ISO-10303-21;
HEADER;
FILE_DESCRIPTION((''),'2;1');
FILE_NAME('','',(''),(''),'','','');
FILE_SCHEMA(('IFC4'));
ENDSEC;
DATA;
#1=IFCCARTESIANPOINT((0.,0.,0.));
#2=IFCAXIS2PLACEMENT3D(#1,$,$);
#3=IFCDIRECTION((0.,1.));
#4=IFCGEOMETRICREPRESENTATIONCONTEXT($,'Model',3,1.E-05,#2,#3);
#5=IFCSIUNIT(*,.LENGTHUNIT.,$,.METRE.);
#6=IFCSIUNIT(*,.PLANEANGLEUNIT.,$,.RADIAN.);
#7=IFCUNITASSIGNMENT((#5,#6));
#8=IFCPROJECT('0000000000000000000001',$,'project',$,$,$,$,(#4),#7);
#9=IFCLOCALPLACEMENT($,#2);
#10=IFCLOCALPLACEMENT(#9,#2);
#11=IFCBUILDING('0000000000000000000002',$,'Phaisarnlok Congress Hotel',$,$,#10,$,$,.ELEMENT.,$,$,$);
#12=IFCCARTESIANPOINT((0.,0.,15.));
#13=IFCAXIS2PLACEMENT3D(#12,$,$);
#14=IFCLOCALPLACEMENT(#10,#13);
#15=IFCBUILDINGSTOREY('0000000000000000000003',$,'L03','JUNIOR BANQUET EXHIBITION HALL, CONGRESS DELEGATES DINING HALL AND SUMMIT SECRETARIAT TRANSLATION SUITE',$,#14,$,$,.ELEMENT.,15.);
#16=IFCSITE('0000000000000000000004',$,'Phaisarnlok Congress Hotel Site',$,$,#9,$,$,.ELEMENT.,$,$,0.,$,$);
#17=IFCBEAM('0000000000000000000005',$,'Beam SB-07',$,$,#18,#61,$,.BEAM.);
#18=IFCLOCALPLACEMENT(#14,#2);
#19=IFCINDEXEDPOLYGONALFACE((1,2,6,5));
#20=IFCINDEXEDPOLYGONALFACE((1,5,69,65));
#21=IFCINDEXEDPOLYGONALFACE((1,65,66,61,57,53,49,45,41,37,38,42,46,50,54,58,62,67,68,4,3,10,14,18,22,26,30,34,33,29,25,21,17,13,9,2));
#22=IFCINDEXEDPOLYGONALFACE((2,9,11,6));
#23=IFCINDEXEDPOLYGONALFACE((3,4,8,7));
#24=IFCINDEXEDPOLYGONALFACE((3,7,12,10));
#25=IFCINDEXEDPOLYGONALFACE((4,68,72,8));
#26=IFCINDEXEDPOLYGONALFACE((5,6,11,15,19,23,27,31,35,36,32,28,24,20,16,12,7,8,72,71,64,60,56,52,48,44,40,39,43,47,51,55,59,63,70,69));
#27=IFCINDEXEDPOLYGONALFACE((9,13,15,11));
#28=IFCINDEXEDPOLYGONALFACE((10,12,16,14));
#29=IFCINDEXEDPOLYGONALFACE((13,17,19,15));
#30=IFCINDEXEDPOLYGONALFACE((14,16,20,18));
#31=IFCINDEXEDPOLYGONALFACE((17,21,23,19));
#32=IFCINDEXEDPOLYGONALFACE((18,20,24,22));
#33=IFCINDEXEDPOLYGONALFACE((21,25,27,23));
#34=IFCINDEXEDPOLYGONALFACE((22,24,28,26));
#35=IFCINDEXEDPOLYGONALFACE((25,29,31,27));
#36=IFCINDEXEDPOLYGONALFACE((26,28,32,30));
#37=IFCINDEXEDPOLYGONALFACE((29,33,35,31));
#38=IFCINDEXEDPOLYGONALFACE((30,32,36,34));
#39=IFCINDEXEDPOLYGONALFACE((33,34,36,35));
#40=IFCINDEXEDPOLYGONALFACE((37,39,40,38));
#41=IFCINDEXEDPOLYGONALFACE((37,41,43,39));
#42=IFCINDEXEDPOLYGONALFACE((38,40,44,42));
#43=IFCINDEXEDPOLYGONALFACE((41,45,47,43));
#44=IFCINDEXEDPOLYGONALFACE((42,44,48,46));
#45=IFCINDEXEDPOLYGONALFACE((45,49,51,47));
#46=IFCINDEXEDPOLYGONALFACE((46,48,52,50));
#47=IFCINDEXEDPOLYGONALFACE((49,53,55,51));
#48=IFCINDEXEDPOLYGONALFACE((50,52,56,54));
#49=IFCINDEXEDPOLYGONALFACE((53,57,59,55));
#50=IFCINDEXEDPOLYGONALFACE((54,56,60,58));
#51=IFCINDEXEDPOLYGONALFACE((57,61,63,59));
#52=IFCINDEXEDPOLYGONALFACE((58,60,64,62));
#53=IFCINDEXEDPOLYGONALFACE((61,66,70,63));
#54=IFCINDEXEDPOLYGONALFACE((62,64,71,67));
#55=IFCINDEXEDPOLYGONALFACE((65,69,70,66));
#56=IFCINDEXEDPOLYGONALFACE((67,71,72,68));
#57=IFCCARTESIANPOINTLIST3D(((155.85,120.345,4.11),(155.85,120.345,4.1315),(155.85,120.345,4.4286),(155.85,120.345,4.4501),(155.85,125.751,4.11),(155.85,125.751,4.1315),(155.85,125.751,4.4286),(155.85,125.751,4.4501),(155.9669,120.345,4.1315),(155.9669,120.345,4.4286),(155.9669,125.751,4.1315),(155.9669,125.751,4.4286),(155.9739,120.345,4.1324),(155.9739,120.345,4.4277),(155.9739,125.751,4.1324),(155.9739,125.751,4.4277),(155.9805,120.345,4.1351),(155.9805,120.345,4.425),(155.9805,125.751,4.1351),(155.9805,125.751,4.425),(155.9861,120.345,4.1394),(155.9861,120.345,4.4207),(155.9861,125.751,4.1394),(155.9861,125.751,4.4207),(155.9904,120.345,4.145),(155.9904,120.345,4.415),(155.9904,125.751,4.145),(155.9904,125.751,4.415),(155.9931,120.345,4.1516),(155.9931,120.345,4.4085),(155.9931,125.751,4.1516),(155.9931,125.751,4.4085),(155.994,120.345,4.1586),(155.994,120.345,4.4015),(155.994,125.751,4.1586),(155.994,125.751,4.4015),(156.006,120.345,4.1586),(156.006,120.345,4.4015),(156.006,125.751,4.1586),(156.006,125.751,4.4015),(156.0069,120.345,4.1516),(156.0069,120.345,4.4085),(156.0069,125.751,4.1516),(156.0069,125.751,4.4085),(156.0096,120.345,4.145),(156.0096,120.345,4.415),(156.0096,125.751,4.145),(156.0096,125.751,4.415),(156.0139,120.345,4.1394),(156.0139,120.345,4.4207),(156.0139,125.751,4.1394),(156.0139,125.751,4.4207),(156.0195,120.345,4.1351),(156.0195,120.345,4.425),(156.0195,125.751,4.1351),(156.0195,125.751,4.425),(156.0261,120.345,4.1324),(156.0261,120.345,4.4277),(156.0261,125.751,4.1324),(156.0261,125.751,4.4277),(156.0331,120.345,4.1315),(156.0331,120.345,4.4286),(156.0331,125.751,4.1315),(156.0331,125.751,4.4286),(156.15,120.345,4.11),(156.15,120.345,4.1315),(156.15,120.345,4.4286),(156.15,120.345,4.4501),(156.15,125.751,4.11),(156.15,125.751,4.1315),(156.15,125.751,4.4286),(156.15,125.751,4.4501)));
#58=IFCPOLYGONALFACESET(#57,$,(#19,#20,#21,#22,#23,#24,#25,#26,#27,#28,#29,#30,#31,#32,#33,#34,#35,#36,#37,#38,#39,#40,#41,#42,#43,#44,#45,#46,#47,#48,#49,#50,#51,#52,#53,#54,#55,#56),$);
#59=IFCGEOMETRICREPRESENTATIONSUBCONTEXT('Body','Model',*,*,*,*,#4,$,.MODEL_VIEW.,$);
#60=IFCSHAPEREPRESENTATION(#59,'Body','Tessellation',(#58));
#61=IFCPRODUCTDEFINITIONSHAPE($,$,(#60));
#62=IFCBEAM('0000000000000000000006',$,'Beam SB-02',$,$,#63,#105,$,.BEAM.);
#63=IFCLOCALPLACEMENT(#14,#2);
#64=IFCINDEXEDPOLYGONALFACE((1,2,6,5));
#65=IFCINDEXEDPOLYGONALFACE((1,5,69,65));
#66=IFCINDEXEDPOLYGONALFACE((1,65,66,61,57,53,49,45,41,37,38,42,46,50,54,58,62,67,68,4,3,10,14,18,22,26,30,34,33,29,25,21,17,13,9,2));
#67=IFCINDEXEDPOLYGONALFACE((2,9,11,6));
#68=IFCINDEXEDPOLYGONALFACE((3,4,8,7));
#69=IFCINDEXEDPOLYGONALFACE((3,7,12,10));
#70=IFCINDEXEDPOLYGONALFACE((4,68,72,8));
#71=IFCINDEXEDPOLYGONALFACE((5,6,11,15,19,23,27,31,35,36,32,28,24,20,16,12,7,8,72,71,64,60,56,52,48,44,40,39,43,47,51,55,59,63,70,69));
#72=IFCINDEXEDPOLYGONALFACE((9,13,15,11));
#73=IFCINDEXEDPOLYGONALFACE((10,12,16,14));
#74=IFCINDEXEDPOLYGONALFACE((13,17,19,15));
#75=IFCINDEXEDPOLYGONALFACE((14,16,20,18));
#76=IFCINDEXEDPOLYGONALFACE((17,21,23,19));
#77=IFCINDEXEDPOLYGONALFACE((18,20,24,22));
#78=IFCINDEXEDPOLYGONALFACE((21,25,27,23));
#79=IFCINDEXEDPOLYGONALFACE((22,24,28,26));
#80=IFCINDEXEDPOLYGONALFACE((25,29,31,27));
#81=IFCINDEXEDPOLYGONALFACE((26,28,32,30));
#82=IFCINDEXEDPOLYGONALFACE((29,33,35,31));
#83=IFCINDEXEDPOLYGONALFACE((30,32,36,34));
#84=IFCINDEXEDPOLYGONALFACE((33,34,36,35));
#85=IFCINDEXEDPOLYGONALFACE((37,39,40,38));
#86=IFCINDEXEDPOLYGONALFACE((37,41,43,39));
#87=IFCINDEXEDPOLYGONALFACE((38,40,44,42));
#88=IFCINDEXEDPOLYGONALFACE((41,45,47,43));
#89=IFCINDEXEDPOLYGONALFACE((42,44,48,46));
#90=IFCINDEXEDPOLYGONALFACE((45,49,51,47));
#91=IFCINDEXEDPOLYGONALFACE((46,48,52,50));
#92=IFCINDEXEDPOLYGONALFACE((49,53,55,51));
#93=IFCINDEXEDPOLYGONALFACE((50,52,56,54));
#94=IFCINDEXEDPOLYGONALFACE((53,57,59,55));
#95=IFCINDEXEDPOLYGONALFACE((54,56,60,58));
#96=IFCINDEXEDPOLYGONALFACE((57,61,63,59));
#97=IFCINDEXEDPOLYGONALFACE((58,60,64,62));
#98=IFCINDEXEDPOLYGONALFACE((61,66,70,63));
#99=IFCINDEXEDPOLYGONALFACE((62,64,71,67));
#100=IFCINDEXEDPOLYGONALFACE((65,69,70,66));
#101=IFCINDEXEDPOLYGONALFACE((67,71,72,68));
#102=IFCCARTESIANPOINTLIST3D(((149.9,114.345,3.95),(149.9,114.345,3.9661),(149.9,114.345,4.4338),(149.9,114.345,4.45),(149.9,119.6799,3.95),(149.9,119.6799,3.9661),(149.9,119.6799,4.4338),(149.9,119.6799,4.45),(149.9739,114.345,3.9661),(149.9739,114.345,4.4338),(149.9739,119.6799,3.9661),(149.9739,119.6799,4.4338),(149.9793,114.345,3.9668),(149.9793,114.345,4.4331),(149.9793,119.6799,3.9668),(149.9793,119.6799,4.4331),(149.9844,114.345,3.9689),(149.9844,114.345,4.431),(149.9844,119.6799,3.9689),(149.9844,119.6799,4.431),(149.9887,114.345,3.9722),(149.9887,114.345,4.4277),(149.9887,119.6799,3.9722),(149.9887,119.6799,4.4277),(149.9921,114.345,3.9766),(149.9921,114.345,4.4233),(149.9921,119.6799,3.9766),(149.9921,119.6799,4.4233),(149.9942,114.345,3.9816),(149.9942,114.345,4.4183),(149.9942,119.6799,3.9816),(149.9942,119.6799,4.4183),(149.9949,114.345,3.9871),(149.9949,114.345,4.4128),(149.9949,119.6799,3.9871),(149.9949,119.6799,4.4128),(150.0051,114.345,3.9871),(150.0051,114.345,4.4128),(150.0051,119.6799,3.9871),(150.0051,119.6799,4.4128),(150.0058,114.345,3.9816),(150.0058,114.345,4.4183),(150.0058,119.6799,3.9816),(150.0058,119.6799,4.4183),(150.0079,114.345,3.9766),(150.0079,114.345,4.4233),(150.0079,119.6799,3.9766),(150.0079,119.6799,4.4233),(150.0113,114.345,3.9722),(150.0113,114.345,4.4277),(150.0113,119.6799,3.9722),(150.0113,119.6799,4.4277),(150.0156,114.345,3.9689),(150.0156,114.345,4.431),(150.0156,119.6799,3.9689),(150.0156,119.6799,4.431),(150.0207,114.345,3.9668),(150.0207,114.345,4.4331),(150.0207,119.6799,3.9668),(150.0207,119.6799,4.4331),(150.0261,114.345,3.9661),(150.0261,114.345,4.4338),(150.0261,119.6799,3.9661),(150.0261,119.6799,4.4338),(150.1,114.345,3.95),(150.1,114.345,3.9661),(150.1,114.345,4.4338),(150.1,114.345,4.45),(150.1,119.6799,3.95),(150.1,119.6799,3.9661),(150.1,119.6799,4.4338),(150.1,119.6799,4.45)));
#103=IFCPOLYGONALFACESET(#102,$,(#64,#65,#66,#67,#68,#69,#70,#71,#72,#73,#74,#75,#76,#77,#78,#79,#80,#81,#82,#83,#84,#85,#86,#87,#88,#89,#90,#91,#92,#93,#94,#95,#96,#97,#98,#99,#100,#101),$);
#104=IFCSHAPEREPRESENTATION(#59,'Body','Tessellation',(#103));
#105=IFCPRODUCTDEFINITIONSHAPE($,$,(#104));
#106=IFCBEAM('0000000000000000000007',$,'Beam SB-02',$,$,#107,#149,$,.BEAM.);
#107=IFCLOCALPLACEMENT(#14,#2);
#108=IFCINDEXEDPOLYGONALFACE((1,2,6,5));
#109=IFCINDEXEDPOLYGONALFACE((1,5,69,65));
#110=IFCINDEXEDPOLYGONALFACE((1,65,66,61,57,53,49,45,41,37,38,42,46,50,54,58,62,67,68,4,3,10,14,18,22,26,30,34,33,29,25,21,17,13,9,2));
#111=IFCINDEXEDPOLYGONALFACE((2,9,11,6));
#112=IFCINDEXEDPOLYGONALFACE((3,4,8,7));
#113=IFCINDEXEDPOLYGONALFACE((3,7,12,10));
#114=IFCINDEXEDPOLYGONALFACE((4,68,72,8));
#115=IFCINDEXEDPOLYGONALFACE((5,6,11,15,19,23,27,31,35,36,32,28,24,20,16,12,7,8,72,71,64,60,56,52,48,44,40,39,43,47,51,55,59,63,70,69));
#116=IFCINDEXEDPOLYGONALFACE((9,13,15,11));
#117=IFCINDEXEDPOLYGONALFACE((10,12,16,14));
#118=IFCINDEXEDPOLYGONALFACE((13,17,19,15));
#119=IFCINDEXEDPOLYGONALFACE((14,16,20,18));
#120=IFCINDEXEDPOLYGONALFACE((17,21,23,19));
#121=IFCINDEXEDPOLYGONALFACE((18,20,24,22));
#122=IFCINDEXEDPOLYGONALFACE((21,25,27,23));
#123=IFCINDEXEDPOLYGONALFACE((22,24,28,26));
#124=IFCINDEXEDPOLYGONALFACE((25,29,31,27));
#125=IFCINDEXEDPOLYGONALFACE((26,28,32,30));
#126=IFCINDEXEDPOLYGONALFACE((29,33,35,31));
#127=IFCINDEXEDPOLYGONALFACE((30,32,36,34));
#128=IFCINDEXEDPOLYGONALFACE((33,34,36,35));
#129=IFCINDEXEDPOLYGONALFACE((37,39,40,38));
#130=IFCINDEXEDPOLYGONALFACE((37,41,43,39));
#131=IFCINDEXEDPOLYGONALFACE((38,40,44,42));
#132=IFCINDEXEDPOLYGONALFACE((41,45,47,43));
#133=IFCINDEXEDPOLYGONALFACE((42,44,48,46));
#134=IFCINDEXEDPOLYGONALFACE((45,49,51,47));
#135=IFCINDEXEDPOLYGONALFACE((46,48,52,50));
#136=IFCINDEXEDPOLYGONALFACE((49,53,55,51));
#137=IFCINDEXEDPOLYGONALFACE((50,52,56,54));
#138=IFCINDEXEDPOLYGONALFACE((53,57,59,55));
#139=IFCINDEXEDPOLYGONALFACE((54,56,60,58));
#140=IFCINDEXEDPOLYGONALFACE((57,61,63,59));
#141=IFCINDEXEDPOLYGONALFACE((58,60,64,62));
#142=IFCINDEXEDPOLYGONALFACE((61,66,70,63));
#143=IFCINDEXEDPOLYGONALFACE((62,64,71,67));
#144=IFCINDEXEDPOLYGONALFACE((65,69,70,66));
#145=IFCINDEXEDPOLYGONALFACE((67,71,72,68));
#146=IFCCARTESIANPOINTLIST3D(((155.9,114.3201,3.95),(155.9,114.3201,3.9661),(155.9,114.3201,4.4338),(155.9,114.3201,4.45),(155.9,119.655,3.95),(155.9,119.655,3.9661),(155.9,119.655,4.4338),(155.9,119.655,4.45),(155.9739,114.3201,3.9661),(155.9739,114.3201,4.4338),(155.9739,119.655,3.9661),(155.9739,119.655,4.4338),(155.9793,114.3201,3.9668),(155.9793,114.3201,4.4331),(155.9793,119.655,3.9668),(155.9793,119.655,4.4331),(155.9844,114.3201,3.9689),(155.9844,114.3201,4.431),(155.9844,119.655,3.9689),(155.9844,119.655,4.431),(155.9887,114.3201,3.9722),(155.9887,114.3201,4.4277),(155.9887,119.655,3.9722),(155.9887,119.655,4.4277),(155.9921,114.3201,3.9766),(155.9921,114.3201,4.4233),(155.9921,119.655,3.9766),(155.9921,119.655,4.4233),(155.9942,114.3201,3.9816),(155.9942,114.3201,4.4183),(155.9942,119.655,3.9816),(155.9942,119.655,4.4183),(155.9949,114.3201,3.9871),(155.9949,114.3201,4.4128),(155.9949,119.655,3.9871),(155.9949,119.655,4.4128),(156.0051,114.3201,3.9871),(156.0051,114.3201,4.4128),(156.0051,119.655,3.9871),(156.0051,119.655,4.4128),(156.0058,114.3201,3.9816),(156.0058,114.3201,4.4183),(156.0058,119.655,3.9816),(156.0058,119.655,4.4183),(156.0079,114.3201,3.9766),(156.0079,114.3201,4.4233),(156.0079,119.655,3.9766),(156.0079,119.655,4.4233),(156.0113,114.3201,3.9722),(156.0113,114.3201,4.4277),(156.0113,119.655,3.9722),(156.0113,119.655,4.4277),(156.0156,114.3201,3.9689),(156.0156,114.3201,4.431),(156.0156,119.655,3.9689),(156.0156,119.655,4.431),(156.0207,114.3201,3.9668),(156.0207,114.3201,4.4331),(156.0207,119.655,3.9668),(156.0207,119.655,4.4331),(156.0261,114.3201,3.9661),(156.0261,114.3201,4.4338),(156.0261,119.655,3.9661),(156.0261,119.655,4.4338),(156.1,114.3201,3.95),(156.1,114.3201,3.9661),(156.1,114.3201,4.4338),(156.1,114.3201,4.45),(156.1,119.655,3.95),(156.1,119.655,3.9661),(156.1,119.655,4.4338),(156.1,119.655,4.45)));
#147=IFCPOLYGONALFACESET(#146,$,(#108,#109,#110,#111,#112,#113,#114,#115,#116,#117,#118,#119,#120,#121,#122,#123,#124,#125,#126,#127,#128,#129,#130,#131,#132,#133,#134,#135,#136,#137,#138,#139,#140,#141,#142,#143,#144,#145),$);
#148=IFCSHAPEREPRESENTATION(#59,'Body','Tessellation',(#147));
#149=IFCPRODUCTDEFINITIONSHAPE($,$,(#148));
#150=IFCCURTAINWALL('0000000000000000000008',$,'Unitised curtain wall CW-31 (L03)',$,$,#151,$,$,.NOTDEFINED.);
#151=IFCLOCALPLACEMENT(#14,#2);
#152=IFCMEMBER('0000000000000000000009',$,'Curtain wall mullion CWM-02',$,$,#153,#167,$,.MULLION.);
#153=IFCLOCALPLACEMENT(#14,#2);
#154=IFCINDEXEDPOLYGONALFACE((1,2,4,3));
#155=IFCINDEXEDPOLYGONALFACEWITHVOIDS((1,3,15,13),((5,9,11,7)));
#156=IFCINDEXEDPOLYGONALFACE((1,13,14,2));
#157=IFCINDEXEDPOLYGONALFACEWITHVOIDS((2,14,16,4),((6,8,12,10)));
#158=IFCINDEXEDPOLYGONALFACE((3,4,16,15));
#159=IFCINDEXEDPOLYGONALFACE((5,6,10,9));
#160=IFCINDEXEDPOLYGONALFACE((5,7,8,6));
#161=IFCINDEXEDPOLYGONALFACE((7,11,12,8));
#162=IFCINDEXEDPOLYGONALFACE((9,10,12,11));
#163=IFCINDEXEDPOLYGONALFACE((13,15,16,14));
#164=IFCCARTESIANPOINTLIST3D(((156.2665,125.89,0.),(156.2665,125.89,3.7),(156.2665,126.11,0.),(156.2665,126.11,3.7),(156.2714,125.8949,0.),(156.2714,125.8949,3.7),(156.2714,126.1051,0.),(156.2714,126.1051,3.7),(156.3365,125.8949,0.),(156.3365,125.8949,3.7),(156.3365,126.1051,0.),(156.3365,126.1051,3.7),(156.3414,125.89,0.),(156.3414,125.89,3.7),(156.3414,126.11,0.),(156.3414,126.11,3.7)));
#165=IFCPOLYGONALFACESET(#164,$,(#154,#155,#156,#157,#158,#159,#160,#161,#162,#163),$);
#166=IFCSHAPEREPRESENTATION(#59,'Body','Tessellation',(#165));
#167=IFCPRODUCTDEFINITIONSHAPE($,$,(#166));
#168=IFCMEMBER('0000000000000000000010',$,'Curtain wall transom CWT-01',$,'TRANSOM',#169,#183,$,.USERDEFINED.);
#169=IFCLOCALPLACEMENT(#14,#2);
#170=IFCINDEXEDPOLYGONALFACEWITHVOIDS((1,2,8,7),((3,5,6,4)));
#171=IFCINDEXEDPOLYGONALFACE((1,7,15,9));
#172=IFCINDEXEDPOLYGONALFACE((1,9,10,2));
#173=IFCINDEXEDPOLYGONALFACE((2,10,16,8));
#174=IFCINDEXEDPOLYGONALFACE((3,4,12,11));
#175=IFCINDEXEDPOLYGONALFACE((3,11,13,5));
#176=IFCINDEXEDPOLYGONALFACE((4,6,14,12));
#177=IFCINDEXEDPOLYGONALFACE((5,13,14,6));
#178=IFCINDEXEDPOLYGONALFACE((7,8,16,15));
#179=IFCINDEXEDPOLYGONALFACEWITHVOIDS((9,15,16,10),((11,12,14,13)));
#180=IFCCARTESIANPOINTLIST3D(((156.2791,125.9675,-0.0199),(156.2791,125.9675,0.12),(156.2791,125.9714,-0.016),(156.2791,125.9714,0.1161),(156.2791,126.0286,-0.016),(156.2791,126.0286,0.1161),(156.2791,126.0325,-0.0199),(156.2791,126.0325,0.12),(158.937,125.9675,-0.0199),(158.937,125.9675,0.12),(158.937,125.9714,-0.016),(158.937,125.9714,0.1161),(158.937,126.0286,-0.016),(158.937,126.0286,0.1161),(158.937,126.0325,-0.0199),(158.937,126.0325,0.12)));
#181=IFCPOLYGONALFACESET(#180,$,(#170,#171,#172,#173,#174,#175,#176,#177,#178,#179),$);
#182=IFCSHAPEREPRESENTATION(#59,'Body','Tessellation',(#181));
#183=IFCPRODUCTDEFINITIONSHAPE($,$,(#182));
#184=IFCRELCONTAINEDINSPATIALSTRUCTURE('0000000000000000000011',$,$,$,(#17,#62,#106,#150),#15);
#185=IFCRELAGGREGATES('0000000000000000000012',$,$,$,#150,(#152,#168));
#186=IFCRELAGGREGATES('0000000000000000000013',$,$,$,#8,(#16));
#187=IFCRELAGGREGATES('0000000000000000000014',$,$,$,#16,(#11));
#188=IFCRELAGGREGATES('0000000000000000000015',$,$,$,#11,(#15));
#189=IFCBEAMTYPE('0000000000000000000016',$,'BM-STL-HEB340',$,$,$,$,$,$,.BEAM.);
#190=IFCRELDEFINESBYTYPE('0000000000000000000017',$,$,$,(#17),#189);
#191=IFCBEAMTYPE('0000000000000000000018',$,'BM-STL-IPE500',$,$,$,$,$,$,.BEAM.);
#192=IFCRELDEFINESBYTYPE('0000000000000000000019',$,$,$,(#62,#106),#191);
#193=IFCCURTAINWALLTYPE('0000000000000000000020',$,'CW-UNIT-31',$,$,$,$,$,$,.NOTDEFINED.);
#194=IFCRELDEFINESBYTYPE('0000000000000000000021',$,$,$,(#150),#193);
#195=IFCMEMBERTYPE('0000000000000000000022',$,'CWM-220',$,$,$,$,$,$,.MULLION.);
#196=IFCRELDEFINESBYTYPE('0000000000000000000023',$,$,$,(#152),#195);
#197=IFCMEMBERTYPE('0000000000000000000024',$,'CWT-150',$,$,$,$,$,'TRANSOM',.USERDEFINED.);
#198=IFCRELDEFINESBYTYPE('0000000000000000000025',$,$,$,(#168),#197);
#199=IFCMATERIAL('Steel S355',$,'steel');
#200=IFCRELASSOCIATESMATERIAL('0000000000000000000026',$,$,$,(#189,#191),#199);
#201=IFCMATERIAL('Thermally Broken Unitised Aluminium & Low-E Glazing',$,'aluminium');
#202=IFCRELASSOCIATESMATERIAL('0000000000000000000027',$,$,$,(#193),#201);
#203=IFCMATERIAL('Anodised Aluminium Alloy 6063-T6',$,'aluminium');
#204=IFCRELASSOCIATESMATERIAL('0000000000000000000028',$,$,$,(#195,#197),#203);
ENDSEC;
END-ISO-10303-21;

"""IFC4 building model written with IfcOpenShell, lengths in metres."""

from ifc_helpers import new_model, si_unit, direction, frame, origin, origin_2d, place, context, subcontext, project, spatial, hollow_rectangle, i_section, extrude, material, material_profile, profile_set, type_object, element, aggregate, save


model = new_model("IFC4")

# Units and contexts
model_context = context("Model", 3, precision=1e-05, world=origin(), true_north=direction((0.0, 1.0)))
body_context = subcontext(model_context, "Body", "Model", "MODEL_VIEW")
ifc_project = project(units=[si_unit("LENGTHUNIT", "METRE"), si_unit("PLANEANGLEUNIT", "RADIAN")], contexts=[model_context])

# Site, building, storey
site_placement = place(None, origin())
site = spatial("IfcSite", under=ifc_project, at=site_placement, Name="Phaisarnlok Congress Hotel Site", CompositionType="ELEMENT", RefElevation=0.0)
building_placement = place(site_placement, origin())
building = spatial("IfcBuilding", under=site, at=building_placement, Name="Phaisarnlok Congress Hotel", CompositionType="ELEMENT")
storey_placement = place(building_placement, frame((0.0, 0.0, 15.0)))
storey = spatial("IfcBuildingStorey", under=building, at=storey_placement, Name="L03", Description="JUNIOR BANQUET EXHIBITION HALL, CONGRESS DELEGATES DINING HALL AND SUMMIT SECRETARIAT TRANSLATION SUITE", CompositionType="ELEMENT", Elevation=15.0)

# Shared definitions
ifc_material_1 = material(Name="Steel S355", Category="steel")

# Beams
ifc_material_profile_1 = material_profile(ifc_material_1, i_section(OverallWidth=0.3, OverallDepth=0.3401, WebThickness=0.012, FlangeThickness=0.0215, FilletRadius=0.0271, at=origin_2d()), Name="HEB 340")
ifc_profile_set_1 = profile_set([ifc_material_profile_1], Name="Steel S355")
beam_type_1 = type_object("IfcBeamType", Name="BM-STL-HEB340", PredefinedType="BEAM", material=ifc_profile_set_1)
beam_1_placement = place(storey_placement, frame((156.0, 120.345, 4.28), z_axis=(0.0, 1.0, 0.0), x_axis=(-1.0, 0.0, 0.0)))
element("IfcBeam", 1, at=beam_1_placement, inside=storey, type_object=beam_type_1, Name="Beam SB-07", PredefinedType="BEAM", context=body_context, shape_type="SweptSolid", body=[
    extrude(i_section(OverallWidth=0.3, OverallDepth=0.3401, WebThickness=0.012, FlangeThickness=0.0215, FilletRadius=0.0271, at=origin_2d()), origin(), (0.0, 0.0, 1.0), 5.406),
])
ifc_material_profile_2 = material_profile(ifc_material_1, i_section(OverallWidth=0.2, OverallDepth=0.5, WebThickness=0.0103, FlangeThickness=0.0161, FilletRadius=0.021, at=origin_2d()), Name="IPE 500")
ifc_profile_set_2 = profile_set([ifc_material_profile_2], Name="Steel S355")
beam_type_2 = type_object("IfcBeamType", Name="BM-STL-IPE500", PredefinedType="BEAM", material=ifc_profile_set_2)
for number, where, z_axis, x_axis, name in (
    (2, (150.0, 114.345, 4.2), (0.0, 1.0, 0.0), (-1.0, 0.0, 0.0), "Beam SB-02"),
    (3, (156.0, 114.3201, 4.2), (0.0, 1.0, 0.0), (-1.0, 0.0, 0.0), "Beam SB-02"),
):
    element("IfcBeam", number, at=place(storey_placement, frame(where, z_axis=z_axis, x_axis=x_axis)), inside=storey, type_object=beam_type_2, Name=name, PredefinedType="BEAM", context=body_context, shape_type="SweptSolid", body=[
        extrude(i_section(OverallWidth=0.2, OverallDepth=0.5, WebThickness=0.0103, FlangeThickness=0.0161, FilletRadius=0.021, at=origin_2d()), origin(), (0.0, 0.0, 1.0), 5.335),
    ])

# Curtain wall, members
ifc_material_2 = material(Name="Thermally Broken Unitised Aluminium & Low-E Glazing", Category="aluminium")
curtain_wall_type = type_object("IfcCurtainWallType", Name="CW-UNIT-31", PredefinedType="NOTDEFINED", material=ifc_material_2)
curtain_wall_placement = place(storey_placement, origin())
curtain_wall = element("IfcCurtainWall", 4, at=curtain_wall_placement, inside=storey, type_object=curtain_wall_type, Name="Unitised curtain wall CW-31 (L03)", PredefinedType="NOTDEFINED")
ifc_material_3 = material(Name="Anodised Aluminium Alloy 6063-T6", Category="aluminium")
ifc_material_profile_3 = material_profile(ifc_material_3, hollow_rectangle(XDim=0.075, YDim=0.22, WallThickness=0.0049, at=origin_2d()), Name="ALU-M 75x220x5")
ifc_profile_set_3 = profile_set([ifc_material_profile_3], Name="Anodised Aluminium Alloy 6063-T6")
member_type_1 = type_object("IfcMemberType", Name="CWM-220", PredefinedType="MULLION", material=ifc_profile_set_3)
member_1_placement = place(storey_placement, frame((156.304, 126.0, 0.0), z_axis=(0.0, 0.0, 1.0), x_axis=(-1.0, 0.0, 0.0)))
member_1 = element("IfcMember", 5, at=member_1_placement, type_object=member_type_1, Name="Curtain wall mullion CWM-02", PredefinedType="MULLION", context=body_context, shape_type="SweptSolid", body=[
    extrude(hollow_rectangle(XDim=0.075, YDim=0.22, WallThickness=0.0049, at=origin_2d()), origin(), (0.0, 0.0, 1.0), 3.7),
])
ifc_material_profile_4 = material_profile(ifc_material_3, hollow_rectangle(XDim=0.0649, YDim=0.1399, WallThickness=0.0039, at=origin_2d()), Name="ALU-T 65x140x4")
ifc_profile_set_4 = profile_set([ifc_material_profile_4], Name="Anodised Aluminium Alloy 6063-T6")
member_type_2 = type_object("IfcMemberType", Name="CWT-150", ElementType="TRANSOM", PredefinedType="USERDEFINED", material=ifc_profile_set_4)
member_2_placement = place(storey_placement, frame((158.937, 126.0, 0.05), z_axis=(-1.0, 0.0, 0.0), x_axis=(0.0, -1.0, 0.0)))
member_2 = element("IfcMember", 6, at=member_2_placement, type_object=member_type_2, Name="Curtain wall transom CWT-01", ObjectType="TRANSOM", PredefinedType="USERDEFINED", context=body_context, shape_type="SweptSolid", body=[
    extrude(hollow_rectangle(XDim=0.0649, YDim=0.1399, WallThickness=0.0039, at=origin_2d()), origin(), (0.0, 0.0, 1.0), 2.658),
])

aggregate(curtain_wall, [member_1, member_2])

save(model, "model.ifc")
